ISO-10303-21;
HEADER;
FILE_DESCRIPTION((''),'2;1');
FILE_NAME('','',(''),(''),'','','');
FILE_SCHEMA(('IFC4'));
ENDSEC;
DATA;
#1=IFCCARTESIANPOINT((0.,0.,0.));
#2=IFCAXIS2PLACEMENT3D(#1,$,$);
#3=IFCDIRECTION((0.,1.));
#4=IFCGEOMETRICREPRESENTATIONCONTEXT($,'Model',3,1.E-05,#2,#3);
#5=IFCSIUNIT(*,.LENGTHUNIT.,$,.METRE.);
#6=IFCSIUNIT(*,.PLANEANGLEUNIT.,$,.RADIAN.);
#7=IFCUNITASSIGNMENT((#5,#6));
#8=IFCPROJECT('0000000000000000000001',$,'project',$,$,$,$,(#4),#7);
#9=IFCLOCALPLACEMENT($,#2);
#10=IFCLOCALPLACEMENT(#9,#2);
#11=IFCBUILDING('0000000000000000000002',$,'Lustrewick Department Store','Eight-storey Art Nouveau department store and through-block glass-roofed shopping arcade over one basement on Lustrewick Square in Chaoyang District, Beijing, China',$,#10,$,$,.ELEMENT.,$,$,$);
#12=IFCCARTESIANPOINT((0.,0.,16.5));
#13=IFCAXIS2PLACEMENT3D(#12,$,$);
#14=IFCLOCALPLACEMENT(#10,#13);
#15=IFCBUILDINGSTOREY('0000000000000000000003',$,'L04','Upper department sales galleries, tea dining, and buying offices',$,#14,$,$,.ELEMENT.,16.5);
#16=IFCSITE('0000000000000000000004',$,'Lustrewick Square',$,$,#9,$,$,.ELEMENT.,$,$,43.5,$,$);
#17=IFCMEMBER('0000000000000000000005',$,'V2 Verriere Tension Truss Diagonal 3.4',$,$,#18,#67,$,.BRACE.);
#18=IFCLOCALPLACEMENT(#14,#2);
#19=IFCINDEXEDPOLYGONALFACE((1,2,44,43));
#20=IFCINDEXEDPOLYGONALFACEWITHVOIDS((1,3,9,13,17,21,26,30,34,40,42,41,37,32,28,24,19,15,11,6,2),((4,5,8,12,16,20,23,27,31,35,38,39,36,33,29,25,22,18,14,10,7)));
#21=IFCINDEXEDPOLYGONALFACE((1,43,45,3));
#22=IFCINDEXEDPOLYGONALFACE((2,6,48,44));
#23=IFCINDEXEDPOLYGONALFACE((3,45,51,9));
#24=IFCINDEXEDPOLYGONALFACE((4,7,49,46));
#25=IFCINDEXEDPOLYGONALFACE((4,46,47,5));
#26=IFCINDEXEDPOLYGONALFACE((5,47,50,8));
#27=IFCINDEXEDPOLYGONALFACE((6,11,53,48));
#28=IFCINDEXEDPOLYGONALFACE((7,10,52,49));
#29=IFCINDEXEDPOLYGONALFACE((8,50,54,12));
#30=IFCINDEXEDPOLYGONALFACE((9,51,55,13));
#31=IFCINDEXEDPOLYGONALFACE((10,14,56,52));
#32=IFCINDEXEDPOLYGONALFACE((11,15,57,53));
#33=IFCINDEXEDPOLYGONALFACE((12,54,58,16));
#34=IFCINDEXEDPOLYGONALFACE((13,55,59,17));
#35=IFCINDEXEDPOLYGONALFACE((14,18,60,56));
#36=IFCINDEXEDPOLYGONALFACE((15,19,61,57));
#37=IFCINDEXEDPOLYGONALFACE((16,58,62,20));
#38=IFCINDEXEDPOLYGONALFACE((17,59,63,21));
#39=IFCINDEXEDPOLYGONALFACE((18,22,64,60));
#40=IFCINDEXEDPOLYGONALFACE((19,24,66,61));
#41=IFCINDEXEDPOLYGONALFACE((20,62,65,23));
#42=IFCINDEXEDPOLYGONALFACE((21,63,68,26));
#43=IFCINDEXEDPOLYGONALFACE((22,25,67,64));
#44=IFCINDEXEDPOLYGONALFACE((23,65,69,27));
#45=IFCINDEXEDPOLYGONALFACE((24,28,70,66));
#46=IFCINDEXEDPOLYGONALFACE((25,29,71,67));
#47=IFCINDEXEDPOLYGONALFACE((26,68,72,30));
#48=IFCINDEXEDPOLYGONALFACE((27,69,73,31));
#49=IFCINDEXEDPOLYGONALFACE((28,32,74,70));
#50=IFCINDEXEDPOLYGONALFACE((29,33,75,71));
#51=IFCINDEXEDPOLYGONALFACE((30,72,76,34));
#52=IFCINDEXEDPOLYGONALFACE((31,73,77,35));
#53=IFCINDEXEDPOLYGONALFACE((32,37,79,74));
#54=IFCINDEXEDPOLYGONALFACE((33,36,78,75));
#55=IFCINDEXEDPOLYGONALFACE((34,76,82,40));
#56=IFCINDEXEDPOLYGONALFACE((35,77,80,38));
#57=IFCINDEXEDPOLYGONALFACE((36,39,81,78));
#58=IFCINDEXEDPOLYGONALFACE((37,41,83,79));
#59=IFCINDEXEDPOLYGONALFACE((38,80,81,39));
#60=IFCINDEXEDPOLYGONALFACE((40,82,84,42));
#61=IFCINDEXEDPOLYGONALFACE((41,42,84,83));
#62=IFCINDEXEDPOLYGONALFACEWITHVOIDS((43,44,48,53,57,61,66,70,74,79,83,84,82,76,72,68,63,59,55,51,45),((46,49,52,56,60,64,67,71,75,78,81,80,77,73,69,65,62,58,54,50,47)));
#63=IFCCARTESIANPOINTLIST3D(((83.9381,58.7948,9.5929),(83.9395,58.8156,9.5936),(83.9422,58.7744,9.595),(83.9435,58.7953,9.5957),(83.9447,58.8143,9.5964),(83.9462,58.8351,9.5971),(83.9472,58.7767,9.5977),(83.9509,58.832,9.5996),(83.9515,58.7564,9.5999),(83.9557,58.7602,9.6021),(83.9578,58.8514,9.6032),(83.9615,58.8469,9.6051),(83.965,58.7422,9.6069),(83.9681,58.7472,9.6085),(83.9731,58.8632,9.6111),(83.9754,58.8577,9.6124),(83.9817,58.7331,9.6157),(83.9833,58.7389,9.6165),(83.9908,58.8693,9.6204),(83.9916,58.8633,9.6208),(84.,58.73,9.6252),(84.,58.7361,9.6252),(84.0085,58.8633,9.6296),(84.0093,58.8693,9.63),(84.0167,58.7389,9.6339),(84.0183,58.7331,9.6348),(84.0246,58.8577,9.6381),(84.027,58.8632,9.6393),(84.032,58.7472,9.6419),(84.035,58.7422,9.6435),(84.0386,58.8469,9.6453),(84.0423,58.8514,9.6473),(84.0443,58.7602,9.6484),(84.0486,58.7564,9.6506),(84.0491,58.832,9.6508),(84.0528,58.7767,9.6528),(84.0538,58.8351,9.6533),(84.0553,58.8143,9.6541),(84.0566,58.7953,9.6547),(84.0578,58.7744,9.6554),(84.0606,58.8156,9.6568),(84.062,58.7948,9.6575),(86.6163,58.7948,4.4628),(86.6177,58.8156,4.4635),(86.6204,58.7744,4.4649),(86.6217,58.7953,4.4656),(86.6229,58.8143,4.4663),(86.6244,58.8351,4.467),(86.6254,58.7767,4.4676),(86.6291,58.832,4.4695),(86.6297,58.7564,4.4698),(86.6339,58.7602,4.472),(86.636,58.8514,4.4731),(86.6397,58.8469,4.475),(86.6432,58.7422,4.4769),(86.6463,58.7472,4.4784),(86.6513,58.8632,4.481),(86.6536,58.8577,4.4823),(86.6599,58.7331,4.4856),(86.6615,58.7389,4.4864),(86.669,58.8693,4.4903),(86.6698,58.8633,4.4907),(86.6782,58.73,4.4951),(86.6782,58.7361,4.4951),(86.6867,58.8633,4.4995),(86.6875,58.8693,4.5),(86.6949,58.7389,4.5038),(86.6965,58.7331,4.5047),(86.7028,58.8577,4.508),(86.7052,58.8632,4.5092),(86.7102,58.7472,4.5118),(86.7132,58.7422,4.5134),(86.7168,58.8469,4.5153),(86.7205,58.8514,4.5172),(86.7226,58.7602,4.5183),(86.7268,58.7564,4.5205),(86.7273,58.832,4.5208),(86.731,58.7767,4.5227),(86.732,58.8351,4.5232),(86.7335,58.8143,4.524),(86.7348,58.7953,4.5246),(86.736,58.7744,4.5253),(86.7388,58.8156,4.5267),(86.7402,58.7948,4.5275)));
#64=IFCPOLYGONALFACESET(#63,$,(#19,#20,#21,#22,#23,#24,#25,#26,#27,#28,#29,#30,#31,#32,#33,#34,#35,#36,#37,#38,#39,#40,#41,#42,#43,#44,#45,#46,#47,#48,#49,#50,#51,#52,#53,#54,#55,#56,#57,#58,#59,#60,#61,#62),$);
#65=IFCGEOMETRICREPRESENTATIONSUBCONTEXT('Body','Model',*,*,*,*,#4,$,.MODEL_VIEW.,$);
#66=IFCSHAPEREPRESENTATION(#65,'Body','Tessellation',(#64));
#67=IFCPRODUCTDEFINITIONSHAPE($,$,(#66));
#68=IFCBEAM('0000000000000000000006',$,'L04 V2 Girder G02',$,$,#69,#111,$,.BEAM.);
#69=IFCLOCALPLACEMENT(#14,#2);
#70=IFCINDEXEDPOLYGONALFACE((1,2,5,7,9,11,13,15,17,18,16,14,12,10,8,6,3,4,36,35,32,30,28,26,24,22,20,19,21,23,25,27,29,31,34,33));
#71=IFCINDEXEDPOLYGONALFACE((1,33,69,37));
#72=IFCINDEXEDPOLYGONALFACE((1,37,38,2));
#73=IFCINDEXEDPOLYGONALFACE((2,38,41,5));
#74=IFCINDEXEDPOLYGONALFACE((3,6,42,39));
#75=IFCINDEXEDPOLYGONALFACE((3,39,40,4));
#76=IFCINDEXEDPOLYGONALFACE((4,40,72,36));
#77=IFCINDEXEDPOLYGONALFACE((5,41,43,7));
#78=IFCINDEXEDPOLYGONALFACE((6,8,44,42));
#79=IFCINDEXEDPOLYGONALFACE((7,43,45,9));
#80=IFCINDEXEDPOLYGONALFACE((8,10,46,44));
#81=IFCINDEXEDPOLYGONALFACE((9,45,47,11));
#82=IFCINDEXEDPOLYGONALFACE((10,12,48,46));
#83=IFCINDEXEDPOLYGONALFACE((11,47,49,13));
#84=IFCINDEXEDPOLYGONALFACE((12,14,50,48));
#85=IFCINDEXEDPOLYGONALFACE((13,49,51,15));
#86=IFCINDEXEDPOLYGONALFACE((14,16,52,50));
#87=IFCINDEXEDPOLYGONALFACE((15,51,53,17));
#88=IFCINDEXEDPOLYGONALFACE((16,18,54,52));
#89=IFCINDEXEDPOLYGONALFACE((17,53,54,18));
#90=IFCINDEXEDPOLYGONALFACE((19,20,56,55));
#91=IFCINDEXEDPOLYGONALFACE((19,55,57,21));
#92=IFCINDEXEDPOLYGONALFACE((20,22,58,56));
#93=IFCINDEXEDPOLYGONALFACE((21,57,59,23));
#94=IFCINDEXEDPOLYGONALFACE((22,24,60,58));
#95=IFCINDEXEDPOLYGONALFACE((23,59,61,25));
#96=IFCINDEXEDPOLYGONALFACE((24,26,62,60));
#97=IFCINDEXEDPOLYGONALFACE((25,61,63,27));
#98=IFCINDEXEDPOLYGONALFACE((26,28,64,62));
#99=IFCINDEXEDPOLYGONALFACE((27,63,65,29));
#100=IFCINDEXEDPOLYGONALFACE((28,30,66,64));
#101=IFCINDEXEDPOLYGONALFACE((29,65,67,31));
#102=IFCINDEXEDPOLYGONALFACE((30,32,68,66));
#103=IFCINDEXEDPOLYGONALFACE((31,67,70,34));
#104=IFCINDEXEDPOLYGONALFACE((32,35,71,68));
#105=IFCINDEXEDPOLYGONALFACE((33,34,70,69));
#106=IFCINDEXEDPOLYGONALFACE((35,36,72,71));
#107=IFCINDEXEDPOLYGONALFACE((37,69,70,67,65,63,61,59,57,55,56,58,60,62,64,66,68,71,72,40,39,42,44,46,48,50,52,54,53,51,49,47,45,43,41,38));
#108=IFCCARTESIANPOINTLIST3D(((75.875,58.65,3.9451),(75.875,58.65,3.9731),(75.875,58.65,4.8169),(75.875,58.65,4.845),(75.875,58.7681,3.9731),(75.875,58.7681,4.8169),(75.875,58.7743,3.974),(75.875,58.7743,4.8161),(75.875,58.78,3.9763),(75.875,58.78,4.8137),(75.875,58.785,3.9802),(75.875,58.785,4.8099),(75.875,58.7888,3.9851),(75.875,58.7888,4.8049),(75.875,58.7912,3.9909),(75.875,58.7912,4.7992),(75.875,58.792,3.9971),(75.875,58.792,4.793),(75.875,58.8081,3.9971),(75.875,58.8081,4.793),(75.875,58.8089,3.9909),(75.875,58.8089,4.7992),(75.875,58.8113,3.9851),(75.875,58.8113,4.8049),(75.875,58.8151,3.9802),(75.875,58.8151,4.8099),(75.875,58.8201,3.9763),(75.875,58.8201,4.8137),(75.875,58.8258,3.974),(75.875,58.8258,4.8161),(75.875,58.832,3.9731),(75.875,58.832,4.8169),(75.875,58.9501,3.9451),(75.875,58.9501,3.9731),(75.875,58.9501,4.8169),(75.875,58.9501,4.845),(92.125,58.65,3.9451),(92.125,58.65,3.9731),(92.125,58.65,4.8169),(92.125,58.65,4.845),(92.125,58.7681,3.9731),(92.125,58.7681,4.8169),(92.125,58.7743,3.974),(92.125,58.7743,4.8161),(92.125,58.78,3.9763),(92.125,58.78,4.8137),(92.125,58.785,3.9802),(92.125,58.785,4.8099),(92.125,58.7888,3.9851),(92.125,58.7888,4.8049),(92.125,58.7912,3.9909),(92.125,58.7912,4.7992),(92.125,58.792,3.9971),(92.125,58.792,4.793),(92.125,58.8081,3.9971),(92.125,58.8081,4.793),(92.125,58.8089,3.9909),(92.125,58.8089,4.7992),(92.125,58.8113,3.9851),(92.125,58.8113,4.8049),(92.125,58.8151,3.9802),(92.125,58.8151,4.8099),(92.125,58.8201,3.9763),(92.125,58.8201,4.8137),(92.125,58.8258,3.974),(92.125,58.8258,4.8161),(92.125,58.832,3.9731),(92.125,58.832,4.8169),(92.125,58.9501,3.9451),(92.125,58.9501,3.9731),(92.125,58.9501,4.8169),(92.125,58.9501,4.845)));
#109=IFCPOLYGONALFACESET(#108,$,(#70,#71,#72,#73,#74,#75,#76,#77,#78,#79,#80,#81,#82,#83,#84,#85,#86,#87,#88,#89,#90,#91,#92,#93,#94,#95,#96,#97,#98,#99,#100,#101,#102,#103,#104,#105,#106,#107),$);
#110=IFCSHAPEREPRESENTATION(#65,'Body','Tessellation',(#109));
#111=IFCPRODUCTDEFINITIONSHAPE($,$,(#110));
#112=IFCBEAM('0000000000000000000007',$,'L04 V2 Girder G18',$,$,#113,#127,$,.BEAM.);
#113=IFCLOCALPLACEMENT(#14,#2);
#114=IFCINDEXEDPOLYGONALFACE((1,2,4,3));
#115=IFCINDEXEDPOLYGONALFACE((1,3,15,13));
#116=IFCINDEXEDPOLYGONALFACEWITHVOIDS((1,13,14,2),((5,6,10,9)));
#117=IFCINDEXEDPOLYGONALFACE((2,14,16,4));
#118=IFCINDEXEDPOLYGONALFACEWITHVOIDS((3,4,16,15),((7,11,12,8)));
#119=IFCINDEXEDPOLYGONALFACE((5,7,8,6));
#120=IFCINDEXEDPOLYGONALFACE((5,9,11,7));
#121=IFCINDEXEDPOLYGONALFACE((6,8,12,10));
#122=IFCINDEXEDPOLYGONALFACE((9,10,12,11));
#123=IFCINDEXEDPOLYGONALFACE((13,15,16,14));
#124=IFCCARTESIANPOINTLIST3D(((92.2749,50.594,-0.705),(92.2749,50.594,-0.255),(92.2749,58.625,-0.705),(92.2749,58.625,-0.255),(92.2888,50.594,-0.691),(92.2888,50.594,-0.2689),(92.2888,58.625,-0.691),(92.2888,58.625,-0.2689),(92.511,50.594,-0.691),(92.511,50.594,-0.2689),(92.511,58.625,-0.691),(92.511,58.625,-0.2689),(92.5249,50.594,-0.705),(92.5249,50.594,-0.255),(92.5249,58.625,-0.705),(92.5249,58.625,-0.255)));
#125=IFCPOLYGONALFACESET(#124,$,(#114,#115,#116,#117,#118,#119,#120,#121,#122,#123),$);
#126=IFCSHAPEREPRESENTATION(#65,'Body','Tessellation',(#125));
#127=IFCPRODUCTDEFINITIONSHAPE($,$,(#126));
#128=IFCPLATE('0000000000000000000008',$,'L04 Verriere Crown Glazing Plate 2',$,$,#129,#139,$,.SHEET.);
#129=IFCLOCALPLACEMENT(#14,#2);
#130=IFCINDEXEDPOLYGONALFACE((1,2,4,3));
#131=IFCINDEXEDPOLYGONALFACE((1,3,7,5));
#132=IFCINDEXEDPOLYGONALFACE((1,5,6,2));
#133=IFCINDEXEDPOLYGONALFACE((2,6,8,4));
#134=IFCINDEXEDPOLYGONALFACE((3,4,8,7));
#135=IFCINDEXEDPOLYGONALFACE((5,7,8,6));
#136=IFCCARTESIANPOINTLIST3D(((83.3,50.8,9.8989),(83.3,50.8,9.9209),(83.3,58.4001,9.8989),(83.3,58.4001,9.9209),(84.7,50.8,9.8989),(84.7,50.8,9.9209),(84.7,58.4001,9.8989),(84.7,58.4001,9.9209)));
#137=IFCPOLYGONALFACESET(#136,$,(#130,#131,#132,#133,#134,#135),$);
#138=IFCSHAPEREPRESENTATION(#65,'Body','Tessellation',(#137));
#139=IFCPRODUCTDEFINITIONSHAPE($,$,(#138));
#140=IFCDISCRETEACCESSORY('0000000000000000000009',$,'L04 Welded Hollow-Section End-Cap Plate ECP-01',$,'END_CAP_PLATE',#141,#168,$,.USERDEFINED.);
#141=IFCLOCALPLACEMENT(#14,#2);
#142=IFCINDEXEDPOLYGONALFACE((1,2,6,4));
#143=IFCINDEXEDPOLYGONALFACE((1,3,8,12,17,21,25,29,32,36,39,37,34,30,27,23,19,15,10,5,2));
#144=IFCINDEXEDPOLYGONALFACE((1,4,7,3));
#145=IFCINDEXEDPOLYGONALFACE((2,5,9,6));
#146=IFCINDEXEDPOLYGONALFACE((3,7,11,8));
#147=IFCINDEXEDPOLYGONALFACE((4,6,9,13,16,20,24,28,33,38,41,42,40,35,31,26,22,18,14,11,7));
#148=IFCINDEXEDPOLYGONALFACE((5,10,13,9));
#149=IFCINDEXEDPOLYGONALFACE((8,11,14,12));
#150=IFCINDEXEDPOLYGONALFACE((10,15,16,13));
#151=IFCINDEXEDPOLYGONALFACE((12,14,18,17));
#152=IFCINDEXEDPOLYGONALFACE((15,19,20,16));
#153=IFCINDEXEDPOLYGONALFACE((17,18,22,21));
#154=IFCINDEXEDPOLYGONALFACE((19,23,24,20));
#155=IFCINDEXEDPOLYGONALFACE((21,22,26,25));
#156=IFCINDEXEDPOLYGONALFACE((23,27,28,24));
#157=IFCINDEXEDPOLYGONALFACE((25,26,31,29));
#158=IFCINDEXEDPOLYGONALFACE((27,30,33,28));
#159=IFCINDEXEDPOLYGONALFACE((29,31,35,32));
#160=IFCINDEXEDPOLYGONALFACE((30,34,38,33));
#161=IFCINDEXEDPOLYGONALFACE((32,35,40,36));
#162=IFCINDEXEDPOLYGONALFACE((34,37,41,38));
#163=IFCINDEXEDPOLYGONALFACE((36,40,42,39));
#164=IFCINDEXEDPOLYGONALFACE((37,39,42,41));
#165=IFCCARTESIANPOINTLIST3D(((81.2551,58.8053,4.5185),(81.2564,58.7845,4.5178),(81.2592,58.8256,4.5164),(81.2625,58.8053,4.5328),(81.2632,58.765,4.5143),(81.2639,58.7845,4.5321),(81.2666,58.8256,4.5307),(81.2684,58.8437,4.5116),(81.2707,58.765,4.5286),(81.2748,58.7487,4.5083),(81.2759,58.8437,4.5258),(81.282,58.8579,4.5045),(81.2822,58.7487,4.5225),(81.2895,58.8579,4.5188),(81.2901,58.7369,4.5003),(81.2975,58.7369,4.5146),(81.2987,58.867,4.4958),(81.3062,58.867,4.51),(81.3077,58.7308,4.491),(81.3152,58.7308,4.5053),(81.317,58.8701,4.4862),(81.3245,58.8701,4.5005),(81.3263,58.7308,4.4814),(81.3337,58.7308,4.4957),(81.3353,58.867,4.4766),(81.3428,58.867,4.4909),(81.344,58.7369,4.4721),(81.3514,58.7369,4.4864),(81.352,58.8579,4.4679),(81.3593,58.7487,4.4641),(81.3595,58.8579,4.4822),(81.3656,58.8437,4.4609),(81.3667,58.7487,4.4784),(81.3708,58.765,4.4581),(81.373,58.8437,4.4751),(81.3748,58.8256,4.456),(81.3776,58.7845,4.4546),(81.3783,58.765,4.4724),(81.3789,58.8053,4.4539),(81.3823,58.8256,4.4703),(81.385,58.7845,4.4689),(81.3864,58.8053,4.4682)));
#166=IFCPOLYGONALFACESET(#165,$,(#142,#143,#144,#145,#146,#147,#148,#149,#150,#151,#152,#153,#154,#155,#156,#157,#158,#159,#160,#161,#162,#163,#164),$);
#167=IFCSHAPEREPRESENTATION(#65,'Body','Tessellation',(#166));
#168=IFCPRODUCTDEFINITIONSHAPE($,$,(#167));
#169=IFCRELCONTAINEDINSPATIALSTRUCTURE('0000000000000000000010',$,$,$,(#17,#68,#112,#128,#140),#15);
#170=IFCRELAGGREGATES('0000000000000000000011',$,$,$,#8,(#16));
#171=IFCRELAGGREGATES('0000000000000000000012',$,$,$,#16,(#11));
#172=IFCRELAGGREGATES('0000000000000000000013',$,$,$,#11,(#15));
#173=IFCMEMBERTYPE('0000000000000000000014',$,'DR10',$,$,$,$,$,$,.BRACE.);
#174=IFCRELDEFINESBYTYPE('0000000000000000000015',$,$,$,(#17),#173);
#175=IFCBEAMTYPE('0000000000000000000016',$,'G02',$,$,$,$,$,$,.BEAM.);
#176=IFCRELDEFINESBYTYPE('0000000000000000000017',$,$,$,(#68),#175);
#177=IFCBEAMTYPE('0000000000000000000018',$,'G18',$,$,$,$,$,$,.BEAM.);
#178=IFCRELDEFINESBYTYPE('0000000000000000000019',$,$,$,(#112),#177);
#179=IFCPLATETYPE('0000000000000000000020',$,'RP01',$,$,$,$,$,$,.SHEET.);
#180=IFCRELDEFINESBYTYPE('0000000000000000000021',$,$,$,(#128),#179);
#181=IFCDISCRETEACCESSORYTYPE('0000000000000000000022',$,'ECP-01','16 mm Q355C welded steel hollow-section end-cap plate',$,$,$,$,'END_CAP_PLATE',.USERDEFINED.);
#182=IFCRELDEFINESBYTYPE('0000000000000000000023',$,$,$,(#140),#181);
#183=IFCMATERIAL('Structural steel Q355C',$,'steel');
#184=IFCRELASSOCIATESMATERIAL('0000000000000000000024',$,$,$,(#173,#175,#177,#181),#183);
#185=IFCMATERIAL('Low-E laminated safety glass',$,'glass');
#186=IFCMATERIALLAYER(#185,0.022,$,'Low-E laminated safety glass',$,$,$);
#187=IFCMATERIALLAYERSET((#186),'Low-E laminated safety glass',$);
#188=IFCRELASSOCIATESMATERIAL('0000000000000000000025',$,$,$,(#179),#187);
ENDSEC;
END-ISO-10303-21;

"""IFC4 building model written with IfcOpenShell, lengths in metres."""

from ifc_helpers import new_model, si_unit, direction, frame, origin, origin_2d, place, context, subcontext, project, spatial, rectangle, hollow_rectangle, circle, hollow_circle, i_section, extrude, material, layer, layer_set, material_profile, profile_set, type_object, element, save


model = new_model("IFC4")

# Units and contexts
model_context = context("Model", 3, precision=1e-05, world=origin(), true_north=direction((0.0, 1.0)))
body_context = subcontext(model_context, "Body", "Model", "MODEL_VIEW")
ifc_project = project(units=[si_unit("LENGTHUNIT", "METRE"), si_unit("PLANEANGLEUNIT", "RADIAN")], contexts=[model_context])

# Site, building, storey
site_placement = place(None, origin())
site = spatial("IfcSite", under=ifc_project, at=site_placement, Name="Lustrewick Square", CompositionType="ELEMENT", RefElevation=43.5)
building_placement = place(site_placement, origin())
building = spatial("IfcBuilding", under=site, at=building_placement, Name="Lustrewick Department Store", Description="Eight-storey Art Nouveau department store and through-block glass-roofed shopping arcade over one basement on Lustrewick Square in Chaoyang District, Beijing, China", CompositionType="ELEMENT")
storey_placement = place(building_placement, frame((0.0, 0.0, 16.5)))
storey = spatial("IfcBuildingStorey", under=building, at=storey_placement, Name="L04", Description="Upper department sales galleries, tea dining, and buying offices", CompositionType="ELEMENT", Elevation=16.5)

# Member
ifc_material_1 = material(Name="Structural steel Q355C", Category="steel")
ifc_material_profile_1 = material_profile(ifc_material_1, hollow_circle(Radius=0.0701, WallThickness=0.0061, at=origin_2d()), Name="CHS 140x6")
ifc_profile_set_1 = profile_set([ifc_material_profile_1], Name="Structural steel Q355C")
member_type_1 = type_object("IfcMemberType", Name="DR10", PredefinedType="BRACE", material=ifc_profile_set_1)
for number, where, z_axis, x_axis, name in (
    (1, (86.6782, 58.8, 4.4951), (-0.462788, 0.0, 0.886469), (0.0, -1.0, 0.0), "V2 Verriere Tension Truss Diagonal 3.4"),
):
    element("IfcMember", number, at=place(storey_placement, frame(where, z_axis=z_axis, x_axis=x_axis)), inside=storey, type_object=member_type_1, Name=name, PredefinedType="BRACE", context=body_context, shape_type="SweptSolid", body=[
        extrude(hollow_circle(Radius=0.0701, WallThickness=0.0061, at=origin_2d()), origin(), (0.0, 0.0, 1.0), 5.7871),
    ])

# Beams
ifc_material_profile_2 = material_profile(ifc_material_1, i_section(OverallWidth=0.3, OverallDepth=0.8999, WebThickness=0.0161, FlangeThickness=0.0281, FilletRadius=0.0239, at=origin_2d()), Name="HN 900x300x16x28")
ifc_profile_set_2 = profile_set([ifc_material_profile_2], Name="Structural steel Q355C")
beam_type_1 = type_object("IfcBeamType", Name="G02", PredefinedType="BEAM", material=ifc_profile_set_2)
beam_1_placement = place(storey_placement, frame((75.875, 58.8, 4.395), z_axis=(1.0, 0.0, 0.0), x_axis=(0.0, 1.0, 0.0)))
element("IfcBeam", 2, at=beam_1_placement, inside=storey, type_object=beam_type_1, Name="L04 V2 Girder G02", PredefinedType="BEAM", context=body_context, shape_type="SweptSolid", body=[
    extrude(i_section(OverallWidth=0.3, OverallDepth=0.8999, WebThickness=0.0161, FlangeThickness=0.0281, FilletRadius=0.0239, at=origin_2d()), origin(), (0.0, 0.0, 1.0), 16.25),
])
ifc_material_profile_3 = material_profile(ifc_material_1, hollow_rectangle(XDim=0.25, YDim=0.45, WallThickness=0.0139, at=origin_2d()), Name="RHS 450x250x14")
ifc_profile_set_3 = profile_set([ifc_material_profile_3], Name="Structural steel Q355C")
beam_type_2 = type_object("IfcBeamType", Name="G18", PredefinedType="BEAM", material=ifc_profile_set_3)
beam_2_placement = place(storey_placement, frame((92.3999, 50.594, -0.48), z_axis=(0.0, 1.0, 0.0), x_axis=(-1.0, 0.0, 0.0)))
element("IfcBeam", 3, at=beam_2_placement, inside=storey, type_object=beam_type_2, Name="L04 V2 Girder G18", PredefinedType="BEAM", context=body_context, shape_type="SweptSolid", body=[
    extrude(hollow_rectangle(XDim=0.25, YDim=0.45, WallThickness=0.0139, at=origin_2d()), origin(), (0.0, 0.0, 1.0), 8.031),
])

# Plate
ifc_material_2 = material(Name="Low-E laminated safety glass", Category="glass")
ifc_layer = layer(ifc_material_2, 0.022, Name="Low-E laminated safety glass")
ifc_layer_set = layer_set([ifc_layer], Name="Low-E laminated safety glass")
plate_type = type_object("IfcPlateType", Name="RP01", PredefinedType="SHEET", material=ifc_layer_set)
plate_placement = place(storey_placement, frame((84.0, 54.6001, 9.8989), z_axis=(0.0, 0.0, 1.0), x_axis=(1.0, 0.0, 0.0)))
element("IfcPlate", 4, at=plate_placement, inside=storey, type_object=plate_type, Name="L04 Verriere Crown Glazing Plate 2", PredefinedType="SHEET", context=body_context, shape_type="SweptSolid", body=[
    extrude(rectangle(XDim=1.3999, YDim=7.6001, at=origin_2d()), origin(), (0.0, 0.0, 1.0), 0.022),
])

# Discrete accessory
discrete_accessory_type = type_object("IfcDiscreteAccessoryType", Name="ECP-01", Description="16 mm Q355C welded steel hollow-section end-cap plate", ElementType="END_CAP_PLATE", PredefinedType="USERDEFINED", material=ifc_material_1)
for number, where, z_axis, x_axis, name in (
    (5, (81.3245, 58.8, 4.5005), (-0.462788, 0.0, -0.886469), (0.0, 1.0, 0.0), "L04 Welded Hollow-Section End-Cap Plate ECP-01"),
):
    element("IfcDiscreteAccessory", number, at=place(storey_placement, frame(where, z_axis=z_axis, x_axis=x_axis)), inside=storey, type_object=discrete_accessory_type, Name=name, ObjectType="END_CAP_PLATE", PredefinedType="USERDEFINED", context=body_context, shape_type="SweptSolid", body=[
        extrude(circle(Radius=0.0701, at=origin_2d()), origin(), (0.0, 0.0, 1.0), 0.0161),
    ])

save(model, "model.ifc")
